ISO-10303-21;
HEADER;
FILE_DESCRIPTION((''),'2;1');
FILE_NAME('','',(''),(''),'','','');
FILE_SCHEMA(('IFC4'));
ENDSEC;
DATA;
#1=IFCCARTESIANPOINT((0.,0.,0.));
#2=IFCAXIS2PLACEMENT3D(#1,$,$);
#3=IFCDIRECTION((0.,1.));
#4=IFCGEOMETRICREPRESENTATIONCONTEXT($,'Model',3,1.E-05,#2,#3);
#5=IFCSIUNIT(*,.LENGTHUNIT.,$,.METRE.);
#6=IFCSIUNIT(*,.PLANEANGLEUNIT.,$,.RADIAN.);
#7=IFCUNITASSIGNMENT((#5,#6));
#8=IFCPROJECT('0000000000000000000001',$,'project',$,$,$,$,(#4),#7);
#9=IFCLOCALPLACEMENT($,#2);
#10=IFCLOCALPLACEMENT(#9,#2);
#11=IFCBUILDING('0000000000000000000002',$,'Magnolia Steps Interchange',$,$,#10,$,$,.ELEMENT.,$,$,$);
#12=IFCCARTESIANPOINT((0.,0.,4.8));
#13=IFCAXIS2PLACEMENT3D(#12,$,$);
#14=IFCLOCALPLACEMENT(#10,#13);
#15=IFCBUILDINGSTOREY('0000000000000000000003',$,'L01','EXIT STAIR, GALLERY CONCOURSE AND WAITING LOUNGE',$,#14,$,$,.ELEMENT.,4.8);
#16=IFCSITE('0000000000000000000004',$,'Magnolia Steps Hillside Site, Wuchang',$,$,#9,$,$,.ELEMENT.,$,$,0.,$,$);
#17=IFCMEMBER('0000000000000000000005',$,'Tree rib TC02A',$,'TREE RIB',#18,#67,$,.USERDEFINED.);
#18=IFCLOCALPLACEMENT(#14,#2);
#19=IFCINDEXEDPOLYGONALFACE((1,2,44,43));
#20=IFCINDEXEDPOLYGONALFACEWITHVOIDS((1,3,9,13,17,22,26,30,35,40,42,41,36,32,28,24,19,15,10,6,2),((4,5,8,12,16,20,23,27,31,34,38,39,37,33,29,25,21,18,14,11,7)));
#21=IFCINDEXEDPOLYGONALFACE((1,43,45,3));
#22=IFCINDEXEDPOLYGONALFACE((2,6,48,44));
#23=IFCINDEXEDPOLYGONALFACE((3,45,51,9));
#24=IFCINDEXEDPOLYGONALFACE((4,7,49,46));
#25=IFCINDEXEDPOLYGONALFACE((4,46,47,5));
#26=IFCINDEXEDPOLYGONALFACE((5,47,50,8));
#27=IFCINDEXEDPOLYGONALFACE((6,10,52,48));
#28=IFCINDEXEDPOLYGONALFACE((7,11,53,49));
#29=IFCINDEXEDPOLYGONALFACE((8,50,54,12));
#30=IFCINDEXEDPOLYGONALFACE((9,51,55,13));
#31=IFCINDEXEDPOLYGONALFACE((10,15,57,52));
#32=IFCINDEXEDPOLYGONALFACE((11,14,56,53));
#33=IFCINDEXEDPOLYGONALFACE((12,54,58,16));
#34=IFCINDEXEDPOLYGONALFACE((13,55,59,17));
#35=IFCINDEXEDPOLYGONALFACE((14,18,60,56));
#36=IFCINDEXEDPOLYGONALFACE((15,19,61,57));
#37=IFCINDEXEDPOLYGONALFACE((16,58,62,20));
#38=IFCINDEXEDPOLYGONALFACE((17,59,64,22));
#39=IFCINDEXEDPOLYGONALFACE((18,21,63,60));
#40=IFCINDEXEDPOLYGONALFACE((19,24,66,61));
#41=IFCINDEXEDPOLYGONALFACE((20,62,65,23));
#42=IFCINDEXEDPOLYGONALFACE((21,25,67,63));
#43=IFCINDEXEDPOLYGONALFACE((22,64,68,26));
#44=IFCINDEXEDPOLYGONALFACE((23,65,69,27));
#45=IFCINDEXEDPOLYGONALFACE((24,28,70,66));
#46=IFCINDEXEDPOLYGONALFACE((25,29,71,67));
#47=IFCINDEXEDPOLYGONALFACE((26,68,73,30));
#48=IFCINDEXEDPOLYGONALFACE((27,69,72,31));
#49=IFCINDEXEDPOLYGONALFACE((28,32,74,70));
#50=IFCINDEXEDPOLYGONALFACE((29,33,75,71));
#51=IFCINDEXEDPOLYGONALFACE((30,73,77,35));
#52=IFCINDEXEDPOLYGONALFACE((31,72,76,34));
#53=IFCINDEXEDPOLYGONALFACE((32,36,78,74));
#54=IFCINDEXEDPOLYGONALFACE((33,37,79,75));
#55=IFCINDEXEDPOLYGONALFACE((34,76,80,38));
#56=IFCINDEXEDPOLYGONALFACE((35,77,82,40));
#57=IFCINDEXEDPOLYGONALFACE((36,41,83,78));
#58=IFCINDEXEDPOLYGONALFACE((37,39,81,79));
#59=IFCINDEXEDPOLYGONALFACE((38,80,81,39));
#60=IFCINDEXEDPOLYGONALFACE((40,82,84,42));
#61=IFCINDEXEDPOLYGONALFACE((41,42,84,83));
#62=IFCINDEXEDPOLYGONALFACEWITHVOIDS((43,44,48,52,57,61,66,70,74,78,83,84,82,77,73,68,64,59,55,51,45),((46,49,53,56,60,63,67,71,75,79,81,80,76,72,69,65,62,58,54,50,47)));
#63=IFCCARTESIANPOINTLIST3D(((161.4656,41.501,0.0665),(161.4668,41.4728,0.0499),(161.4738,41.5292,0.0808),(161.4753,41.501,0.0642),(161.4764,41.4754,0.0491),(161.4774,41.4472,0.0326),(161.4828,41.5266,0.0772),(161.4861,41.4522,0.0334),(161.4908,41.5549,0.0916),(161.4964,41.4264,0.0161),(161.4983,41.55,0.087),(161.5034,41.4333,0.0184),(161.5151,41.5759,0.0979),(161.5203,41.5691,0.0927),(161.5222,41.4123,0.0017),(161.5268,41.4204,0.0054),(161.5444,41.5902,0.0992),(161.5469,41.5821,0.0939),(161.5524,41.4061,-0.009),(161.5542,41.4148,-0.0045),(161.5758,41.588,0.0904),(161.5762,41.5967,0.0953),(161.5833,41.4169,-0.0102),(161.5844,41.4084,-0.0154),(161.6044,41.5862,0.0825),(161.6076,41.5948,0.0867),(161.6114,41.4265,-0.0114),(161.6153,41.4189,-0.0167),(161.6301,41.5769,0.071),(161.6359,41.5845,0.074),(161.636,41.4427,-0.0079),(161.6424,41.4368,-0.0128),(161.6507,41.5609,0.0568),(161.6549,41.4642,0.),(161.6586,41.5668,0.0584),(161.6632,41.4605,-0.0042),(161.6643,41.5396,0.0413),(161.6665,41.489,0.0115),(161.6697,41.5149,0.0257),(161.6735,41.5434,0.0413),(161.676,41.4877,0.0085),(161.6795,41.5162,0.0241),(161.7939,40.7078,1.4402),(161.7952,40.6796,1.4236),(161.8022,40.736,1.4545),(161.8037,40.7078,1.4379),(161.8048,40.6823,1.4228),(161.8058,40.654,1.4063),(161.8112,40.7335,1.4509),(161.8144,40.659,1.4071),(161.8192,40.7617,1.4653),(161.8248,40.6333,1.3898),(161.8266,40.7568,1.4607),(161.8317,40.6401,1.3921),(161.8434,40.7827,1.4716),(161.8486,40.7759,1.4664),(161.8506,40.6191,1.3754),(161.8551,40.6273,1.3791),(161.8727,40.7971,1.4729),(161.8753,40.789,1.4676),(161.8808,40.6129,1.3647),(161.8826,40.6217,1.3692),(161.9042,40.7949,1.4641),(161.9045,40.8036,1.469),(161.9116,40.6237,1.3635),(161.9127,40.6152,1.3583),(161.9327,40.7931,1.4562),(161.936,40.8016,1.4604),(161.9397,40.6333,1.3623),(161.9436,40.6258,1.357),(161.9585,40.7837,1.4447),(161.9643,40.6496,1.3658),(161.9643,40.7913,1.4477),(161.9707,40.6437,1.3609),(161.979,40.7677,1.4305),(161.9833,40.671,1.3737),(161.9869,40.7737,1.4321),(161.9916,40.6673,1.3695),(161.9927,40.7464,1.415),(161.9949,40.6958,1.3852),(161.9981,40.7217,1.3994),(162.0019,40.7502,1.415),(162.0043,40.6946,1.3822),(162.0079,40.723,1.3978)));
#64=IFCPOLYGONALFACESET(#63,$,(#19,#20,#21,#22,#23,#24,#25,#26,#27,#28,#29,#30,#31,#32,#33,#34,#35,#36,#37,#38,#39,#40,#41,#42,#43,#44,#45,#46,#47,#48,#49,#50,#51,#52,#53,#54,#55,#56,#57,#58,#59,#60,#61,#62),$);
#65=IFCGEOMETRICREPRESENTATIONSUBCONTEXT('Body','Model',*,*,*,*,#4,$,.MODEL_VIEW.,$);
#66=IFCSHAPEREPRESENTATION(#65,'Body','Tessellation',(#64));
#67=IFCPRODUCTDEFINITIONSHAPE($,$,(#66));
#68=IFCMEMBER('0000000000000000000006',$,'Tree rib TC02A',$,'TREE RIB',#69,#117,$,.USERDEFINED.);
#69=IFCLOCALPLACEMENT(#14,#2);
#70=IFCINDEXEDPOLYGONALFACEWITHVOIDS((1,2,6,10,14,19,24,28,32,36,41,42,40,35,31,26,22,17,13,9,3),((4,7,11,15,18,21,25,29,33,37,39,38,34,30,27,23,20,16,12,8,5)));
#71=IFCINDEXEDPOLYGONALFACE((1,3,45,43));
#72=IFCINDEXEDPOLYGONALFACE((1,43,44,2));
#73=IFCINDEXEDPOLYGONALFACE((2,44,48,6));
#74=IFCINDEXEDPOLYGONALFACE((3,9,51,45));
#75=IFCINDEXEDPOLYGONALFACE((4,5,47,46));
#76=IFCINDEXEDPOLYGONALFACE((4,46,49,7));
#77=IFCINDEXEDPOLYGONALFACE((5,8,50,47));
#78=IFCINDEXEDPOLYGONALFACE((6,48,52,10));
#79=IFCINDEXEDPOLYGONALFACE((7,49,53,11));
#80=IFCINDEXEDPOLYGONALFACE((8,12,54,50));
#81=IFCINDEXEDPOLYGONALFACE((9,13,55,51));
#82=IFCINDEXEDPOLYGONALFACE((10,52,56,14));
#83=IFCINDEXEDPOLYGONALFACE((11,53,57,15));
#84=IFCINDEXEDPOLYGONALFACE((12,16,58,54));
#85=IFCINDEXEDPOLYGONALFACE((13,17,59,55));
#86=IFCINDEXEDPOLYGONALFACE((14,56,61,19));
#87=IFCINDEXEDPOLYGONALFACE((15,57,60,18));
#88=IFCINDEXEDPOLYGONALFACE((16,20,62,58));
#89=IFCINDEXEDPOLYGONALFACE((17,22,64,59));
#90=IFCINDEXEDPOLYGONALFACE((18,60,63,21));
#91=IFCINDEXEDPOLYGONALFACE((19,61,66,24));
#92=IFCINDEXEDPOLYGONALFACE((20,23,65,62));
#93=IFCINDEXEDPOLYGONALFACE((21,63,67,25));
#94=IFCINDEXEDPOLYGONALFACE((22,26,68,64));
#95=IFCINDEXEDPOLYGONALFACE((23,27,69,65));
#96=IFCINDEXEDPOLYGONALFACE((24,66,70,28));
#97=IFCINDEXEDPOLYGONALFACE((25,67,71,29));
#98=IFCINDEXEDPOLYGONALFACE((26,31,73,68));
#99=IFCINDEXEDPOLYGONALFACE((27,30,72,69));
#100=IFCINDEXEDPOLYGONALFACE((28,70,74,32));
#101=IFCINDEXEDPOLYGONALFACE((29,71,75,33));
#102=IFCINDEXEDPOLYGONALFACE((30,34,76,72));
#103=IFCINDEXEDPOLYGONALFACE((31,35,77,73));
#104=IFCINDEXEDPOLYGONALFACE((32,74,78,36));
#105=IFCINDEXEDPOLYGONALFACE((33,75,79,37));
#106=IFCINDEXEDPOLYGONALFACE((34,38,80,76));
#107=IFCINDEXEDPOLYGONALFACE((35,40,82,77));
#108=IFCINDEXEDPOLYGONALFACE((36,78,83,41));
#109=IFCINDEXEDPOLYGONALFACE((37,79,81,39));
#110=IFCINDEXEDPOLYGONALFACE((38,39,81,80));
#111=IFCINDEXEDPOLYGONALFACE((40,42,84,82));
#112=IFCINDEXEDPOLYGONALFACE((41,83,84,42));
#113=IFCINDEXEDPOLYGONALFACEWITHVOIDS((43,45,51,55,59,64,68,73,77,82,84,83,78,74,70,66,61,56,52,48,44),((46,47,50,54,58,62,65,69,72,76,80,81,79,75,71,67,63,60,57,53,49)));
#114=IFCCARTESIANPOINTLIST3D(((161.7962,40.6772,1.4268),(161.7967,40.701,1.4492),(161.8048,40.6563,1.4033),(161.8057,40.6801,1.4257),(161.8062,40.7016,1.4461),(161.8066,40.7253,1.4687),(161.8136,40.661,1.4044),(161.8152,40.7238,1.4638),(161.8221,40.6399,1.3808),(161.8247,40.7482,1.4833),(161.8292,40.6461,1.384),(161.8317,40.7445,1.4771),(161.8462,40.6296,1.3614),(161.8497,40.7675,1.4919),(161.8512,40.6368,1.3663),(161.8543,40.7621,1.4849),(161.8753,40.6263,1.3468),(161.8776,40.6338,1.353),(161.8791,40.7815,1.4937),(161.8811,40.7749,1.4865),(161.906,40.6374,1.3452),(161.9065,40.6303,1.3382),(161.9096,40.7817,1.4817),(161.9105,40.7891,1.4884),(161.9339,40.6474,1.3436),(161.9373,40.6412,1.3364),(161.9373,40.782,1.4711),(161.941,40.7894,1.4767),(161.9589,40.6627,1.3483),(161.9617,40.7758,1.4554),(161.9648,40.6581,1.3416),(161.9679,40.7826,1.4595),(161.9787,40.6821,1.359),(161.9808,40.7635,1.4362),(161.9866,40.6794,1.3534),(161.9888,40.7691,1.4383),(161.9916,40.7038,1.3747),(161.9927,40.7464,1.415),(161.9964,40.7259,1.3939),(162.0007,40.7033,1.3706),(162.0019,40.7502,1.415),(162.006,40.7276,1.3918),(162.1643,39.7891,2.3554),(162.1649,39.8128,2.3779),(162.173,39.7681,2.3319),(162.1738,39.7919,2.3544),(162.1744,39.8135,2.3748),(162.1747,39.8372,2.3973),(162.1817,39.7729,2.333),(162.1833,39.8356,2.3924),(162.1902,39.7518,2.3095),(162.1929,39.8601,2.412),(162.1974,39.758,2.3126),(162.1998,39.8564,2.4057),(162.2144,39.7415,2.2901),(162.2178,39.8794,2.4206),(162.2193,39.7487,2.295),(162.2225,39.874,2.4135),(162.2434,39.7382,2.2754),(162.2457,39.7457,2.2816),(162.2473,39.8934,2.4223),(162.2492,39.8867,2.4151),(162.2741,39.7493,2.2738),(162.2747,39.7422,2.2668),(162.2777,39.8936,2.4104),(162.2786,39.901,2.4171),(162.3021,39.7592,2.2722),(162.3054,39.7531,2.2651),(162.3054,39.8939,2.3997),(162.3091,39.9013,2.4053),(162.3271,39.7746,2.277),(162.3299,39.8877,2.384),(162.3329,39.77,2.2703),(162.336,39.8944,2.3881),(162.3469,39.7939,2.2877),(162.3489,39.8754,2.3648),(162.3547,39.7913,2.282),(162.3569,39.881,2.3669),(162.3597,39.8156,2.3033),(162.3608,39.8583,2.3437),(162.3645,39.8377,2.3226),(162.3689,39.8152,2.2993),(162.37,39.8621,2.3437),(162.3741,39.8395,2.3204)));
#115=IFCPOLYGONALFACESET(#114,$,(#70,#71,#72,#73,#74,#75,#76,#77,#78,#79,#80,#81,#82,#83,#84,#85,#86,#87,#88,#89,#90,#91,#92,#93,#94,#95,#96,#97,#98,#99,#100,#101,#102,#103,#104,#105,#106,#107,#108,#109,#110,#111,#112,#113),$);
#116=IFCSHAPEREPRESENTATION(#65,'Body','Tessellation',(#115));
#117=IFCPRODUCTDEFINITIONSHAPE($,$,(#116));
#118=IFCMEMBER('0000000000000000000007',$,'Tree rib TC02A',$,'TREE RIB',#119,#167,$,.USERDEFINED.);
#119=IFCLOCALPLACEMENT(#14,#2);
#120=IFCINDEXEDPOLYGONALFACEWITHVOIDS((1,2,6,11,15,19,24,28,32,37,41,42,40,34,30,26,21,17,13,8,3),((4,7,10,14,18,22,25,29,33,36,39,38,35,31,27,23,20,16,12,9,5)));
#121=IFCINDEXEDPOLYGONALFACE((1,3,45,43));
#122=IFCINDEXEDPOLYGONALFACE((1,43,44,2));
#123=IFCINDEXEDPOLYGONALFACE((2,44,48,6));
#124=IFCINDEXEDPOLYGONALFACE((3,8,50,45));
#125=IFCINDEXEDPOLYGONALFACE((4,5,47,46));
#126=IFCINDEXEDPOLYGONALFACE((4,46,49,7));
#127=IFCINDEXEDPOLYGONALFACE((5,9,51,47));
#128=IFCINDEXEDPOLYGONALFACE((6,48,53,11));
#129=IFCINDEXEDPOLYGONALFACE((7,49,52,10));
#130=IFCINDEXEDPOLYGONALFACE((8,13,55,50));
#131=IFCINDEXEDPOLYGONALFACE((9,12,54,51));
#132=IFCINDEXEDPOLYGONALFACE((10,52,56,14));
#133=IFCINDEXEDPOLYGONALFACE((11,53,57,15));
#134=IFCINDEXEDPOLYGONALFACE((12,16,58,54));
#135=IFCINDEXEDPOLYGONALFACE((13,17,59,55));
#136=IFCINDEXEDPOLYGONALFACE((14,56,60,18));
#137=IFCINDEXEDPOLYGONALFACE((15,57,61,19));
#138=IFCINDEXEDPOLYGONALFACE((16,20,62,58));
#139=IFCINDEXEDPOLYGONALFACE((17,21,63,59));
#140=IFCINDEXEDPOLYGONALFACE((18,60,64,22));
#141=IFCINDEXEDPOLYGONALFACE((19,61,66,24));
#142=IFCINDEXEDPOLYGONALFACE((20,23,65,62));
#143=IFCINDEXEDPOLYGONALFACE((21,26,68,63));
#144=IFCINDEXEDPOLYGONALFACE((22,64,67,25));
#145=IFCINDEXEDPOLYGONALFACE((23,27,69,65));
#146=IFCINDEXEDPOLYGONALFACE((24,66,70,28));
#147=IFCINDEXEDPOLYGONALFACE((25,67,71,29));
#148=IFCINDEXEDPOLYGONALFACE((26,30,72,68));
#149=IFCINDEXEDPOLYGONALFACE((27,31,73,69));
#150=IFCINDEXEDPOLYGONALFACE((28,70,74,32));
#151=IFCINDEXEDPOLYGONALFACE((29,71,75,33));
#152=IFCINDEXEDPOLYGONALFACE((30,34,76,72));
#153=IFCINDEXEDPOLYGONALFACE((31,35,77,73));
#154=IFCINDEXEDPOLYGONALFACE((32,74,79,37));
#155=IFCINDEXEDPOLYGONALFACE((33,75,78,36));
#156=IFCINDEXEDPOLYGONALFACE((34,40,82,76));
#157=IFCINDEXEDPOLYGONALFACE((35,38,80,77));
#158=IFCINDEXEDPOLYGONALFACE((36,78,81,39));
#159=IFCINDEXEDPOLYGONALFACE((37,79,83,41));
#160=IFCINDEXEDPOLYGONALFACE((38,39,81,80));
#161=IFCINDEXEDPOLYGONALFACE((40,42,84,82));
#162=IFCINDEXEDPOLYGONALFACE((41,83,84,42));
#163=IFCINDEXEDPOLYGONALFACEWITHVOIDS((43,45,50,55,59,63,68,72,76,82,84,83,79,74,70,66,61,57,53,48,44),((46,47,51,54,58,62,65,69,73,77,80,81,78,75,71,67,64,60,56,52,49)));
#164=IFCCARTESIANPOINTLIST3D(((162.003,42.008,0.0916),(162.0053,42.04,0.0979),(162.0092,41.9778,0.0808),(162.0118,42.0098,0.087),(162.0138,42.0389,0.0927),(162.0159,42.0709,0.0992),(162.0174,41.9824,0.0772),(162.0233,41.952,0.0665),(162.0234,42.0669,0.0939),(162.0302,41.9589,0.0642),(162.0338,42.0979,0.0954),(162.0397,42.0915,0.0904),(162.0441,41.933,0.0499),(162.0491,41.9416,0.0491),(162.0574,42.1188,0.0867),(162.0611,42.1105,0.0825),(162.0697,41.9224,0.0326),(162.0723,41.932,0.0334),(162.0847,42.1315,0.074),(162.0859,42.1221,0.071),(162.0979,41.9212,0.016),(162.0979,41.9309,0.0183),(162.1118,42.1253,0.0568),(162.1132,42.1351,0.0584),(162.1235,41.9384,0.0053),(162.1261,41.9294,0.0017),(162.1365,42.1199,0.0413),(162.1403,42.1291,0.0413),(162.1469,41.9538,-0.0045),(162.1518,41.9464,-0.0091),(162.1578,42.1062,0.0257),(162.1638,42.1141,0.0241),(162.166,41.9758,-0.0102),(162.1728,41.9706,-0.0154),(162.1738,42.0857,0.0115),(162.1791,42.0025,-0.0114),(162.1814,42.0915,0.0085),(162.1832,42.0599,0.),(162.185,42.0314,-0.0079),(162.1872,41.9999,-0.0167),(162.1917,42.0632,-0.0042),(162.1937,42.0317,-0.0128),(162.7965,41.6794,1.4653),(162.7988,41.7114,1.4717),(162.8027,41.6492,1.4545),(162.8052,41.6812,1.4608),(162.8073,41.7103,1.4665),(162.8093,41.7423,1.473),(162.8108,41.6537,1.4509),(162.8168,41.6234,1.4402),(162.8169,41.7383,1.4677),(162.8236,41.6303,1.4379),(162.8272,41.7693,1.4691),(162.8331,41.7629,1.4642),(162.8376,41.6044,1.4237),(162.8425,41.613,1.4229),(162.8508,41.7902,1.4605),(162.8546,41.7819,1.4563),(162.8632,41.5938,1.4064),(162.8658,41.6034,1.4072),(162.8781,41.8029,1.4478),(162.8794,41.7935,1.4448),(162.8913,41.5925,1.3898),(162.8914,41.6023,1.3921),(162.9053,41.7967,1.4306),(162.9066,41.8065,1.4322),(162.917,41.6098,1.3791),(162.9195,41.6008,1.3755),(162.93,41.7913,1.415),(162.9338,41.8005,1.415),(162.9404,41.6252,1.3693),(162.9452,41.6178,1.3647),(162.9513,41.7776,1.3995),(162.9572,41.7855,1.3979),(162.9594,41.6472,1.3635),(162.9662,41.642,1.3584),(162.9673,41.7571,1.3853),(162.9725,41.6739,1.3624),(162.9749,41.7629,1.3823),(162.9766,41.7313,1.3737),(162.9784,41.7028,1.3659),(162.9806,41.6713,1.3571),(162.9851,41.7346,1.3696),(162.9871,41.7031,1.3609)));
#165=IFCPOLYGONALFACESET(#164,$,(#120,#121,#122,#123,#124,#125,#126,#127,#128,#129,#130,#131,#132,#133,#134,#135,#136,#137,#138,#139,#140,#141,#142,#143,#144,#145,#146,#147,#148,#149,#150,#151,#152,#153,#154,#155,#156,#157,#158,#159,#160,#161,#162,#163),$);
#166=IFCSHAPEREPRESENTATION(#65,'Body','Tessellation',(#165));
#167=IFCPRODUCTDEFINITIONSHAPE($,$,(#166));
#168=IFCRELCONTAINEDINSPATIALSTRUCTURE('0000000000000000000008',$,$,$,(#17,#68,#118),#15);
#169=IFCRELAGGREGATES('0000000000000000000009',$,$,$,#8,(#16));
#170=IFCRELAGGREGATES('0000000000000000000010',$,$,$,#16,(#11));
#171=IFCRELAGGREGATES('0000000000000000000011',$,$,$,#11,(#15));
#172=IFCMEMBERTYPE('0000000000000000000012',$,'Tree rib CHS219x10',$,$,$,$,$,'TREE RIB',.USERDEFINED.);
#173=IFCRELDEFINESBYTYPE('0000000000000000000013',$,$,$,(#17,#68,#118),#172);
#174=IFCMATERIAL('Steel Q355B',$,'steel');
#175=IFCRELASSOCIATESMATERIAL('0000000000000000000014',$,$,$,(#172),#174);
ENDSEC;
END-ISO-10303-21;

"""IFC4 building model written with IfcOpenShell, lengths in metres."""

from ifc_helpers import new_model, si_unit, direction, frame, origin, origin_2d, place, context, subcontext, project, spatial, hollow_circle, extrude, material, material_profile, profile_set, type_object, element, save


model = new_model("IFC4")

# Units and contexts
model_context = context("Model", 3, precision=1e-05, world=origin(), true_north=direction((0.0, 1.0)))
body_context = subcontext(model_context, "Body", "Model", "MODEL_VIEW")
ifc_project = project(units=[si_unit("LENGTHUNIT", "METRE"), si_unit("PLANEANGLEUNIT", "RADIAN")], contexts=[model_context])

# Site, building, storey
site_placement = place(None, origin())
site = spatial("IfcSite", under=ifc_project, at=site_placement, Name="Magnolia Steps Hillside Site, Wuchang", CompositionType="ELEMENT", RefElevation=0.0)
building_placement = place(site_placement, origin())
building = spatial("IfcBuilding", under=site, at=building_placement, Name="Magnolia Steps Interchange", CompositionType="ELEMENT")
storey_placement = place(building_placement, frame((0.0, 0.0, 4.8)))
storey = spatial("IfcBuildingStorey", under=building, at=storey_placement, Name="L01", Description="EXIT STAIR, GALLERY CONCOURSE AND WAITING LOUNGE", CompositionType="ELEMENT", Elevation=4.8)

# Members
ifc_material_1 = material(Name="Steel Q355B", Category="steel")
ifc_material_profile_1 = material_profile(ifc_material_1, hollow_circle(Radius=0.1096, WallThickness=0.01, at=origin_2d()), Name="CHS219x10")
ifc_profile_set_1 = profile_set([ifc_material_profile_1], Name="Steel Q355B")
member_type = type_object("IfcMemberType", Name="Tree rib CHS219x10", ElementType="TREE RIB", PredefinedType="USERDEFINED", material=ifc_profile_set_1)
member_1_placement = place(storey_placement, frame((161.5723, 41.5015, 0.0413), z_axis=(0.202702, -0.489649, 0.848031), x_axis=(0.923958, 0.382494, 0.0)))
element("IfcMember", 1, at=member_1_placement, inside=storey, type_object=member_type, Name="Tree rib TC02A", ObjectType="TREE RIB", PredefinedType="USERDEFINED", context=body_context, shape_type="SweptSolid", body=[
    extrude(hollow_circle(Radius=0.1096, WallThickness=0.01, at=origin_2d()), origin(), (0.0, 0.0, 1.0), 1.6199),
])
member_2_placement = place(storey_placement, frame((161.9006, 40.7083, 1.415), z_axis=(0.275416, -0.664432, 0.694749), x_axis=(0.923782, 0.38292, 0.0)))
element("IfcMember", 2, at=member_2_placement, inside=storey, type_object=member_type, Name="Tree rib TC02A", ObjectType="TREE RIB", PredefinedType="USERDEFINED", context=body_context, shape_type="SweptSolid", body=[
    extrude(hollow_circle(Radius=0.1096, WallThickness=0.01, at=origin_2d()), origin(), (0.0, 0.0, 1.0), 1.3367),
])
member_3_placement = place(storey_placement, frame((162.0984, 42.0278, 0.0413), z_axis=(0.489748, -0.202831, 0.847942), x_axis=(0.382636, 0.923899, 0.0)))
element("IfcMember", 3, at=member_3_placement, inside=storey, type_object=member_type, Name="Tree rib TC02A", ObjectType="TREE RIB", PredefinedType="USERDEFINED", context=body_context, shape_type="SweptSolid", body=[
    extrude(hollow_circle(Radius=0.1096, WallThickness=0.01, at=origin_2d()), origin(), (0.0, 0.0, 1.0), 1.6201),
])

save(model, "model.ifc")
